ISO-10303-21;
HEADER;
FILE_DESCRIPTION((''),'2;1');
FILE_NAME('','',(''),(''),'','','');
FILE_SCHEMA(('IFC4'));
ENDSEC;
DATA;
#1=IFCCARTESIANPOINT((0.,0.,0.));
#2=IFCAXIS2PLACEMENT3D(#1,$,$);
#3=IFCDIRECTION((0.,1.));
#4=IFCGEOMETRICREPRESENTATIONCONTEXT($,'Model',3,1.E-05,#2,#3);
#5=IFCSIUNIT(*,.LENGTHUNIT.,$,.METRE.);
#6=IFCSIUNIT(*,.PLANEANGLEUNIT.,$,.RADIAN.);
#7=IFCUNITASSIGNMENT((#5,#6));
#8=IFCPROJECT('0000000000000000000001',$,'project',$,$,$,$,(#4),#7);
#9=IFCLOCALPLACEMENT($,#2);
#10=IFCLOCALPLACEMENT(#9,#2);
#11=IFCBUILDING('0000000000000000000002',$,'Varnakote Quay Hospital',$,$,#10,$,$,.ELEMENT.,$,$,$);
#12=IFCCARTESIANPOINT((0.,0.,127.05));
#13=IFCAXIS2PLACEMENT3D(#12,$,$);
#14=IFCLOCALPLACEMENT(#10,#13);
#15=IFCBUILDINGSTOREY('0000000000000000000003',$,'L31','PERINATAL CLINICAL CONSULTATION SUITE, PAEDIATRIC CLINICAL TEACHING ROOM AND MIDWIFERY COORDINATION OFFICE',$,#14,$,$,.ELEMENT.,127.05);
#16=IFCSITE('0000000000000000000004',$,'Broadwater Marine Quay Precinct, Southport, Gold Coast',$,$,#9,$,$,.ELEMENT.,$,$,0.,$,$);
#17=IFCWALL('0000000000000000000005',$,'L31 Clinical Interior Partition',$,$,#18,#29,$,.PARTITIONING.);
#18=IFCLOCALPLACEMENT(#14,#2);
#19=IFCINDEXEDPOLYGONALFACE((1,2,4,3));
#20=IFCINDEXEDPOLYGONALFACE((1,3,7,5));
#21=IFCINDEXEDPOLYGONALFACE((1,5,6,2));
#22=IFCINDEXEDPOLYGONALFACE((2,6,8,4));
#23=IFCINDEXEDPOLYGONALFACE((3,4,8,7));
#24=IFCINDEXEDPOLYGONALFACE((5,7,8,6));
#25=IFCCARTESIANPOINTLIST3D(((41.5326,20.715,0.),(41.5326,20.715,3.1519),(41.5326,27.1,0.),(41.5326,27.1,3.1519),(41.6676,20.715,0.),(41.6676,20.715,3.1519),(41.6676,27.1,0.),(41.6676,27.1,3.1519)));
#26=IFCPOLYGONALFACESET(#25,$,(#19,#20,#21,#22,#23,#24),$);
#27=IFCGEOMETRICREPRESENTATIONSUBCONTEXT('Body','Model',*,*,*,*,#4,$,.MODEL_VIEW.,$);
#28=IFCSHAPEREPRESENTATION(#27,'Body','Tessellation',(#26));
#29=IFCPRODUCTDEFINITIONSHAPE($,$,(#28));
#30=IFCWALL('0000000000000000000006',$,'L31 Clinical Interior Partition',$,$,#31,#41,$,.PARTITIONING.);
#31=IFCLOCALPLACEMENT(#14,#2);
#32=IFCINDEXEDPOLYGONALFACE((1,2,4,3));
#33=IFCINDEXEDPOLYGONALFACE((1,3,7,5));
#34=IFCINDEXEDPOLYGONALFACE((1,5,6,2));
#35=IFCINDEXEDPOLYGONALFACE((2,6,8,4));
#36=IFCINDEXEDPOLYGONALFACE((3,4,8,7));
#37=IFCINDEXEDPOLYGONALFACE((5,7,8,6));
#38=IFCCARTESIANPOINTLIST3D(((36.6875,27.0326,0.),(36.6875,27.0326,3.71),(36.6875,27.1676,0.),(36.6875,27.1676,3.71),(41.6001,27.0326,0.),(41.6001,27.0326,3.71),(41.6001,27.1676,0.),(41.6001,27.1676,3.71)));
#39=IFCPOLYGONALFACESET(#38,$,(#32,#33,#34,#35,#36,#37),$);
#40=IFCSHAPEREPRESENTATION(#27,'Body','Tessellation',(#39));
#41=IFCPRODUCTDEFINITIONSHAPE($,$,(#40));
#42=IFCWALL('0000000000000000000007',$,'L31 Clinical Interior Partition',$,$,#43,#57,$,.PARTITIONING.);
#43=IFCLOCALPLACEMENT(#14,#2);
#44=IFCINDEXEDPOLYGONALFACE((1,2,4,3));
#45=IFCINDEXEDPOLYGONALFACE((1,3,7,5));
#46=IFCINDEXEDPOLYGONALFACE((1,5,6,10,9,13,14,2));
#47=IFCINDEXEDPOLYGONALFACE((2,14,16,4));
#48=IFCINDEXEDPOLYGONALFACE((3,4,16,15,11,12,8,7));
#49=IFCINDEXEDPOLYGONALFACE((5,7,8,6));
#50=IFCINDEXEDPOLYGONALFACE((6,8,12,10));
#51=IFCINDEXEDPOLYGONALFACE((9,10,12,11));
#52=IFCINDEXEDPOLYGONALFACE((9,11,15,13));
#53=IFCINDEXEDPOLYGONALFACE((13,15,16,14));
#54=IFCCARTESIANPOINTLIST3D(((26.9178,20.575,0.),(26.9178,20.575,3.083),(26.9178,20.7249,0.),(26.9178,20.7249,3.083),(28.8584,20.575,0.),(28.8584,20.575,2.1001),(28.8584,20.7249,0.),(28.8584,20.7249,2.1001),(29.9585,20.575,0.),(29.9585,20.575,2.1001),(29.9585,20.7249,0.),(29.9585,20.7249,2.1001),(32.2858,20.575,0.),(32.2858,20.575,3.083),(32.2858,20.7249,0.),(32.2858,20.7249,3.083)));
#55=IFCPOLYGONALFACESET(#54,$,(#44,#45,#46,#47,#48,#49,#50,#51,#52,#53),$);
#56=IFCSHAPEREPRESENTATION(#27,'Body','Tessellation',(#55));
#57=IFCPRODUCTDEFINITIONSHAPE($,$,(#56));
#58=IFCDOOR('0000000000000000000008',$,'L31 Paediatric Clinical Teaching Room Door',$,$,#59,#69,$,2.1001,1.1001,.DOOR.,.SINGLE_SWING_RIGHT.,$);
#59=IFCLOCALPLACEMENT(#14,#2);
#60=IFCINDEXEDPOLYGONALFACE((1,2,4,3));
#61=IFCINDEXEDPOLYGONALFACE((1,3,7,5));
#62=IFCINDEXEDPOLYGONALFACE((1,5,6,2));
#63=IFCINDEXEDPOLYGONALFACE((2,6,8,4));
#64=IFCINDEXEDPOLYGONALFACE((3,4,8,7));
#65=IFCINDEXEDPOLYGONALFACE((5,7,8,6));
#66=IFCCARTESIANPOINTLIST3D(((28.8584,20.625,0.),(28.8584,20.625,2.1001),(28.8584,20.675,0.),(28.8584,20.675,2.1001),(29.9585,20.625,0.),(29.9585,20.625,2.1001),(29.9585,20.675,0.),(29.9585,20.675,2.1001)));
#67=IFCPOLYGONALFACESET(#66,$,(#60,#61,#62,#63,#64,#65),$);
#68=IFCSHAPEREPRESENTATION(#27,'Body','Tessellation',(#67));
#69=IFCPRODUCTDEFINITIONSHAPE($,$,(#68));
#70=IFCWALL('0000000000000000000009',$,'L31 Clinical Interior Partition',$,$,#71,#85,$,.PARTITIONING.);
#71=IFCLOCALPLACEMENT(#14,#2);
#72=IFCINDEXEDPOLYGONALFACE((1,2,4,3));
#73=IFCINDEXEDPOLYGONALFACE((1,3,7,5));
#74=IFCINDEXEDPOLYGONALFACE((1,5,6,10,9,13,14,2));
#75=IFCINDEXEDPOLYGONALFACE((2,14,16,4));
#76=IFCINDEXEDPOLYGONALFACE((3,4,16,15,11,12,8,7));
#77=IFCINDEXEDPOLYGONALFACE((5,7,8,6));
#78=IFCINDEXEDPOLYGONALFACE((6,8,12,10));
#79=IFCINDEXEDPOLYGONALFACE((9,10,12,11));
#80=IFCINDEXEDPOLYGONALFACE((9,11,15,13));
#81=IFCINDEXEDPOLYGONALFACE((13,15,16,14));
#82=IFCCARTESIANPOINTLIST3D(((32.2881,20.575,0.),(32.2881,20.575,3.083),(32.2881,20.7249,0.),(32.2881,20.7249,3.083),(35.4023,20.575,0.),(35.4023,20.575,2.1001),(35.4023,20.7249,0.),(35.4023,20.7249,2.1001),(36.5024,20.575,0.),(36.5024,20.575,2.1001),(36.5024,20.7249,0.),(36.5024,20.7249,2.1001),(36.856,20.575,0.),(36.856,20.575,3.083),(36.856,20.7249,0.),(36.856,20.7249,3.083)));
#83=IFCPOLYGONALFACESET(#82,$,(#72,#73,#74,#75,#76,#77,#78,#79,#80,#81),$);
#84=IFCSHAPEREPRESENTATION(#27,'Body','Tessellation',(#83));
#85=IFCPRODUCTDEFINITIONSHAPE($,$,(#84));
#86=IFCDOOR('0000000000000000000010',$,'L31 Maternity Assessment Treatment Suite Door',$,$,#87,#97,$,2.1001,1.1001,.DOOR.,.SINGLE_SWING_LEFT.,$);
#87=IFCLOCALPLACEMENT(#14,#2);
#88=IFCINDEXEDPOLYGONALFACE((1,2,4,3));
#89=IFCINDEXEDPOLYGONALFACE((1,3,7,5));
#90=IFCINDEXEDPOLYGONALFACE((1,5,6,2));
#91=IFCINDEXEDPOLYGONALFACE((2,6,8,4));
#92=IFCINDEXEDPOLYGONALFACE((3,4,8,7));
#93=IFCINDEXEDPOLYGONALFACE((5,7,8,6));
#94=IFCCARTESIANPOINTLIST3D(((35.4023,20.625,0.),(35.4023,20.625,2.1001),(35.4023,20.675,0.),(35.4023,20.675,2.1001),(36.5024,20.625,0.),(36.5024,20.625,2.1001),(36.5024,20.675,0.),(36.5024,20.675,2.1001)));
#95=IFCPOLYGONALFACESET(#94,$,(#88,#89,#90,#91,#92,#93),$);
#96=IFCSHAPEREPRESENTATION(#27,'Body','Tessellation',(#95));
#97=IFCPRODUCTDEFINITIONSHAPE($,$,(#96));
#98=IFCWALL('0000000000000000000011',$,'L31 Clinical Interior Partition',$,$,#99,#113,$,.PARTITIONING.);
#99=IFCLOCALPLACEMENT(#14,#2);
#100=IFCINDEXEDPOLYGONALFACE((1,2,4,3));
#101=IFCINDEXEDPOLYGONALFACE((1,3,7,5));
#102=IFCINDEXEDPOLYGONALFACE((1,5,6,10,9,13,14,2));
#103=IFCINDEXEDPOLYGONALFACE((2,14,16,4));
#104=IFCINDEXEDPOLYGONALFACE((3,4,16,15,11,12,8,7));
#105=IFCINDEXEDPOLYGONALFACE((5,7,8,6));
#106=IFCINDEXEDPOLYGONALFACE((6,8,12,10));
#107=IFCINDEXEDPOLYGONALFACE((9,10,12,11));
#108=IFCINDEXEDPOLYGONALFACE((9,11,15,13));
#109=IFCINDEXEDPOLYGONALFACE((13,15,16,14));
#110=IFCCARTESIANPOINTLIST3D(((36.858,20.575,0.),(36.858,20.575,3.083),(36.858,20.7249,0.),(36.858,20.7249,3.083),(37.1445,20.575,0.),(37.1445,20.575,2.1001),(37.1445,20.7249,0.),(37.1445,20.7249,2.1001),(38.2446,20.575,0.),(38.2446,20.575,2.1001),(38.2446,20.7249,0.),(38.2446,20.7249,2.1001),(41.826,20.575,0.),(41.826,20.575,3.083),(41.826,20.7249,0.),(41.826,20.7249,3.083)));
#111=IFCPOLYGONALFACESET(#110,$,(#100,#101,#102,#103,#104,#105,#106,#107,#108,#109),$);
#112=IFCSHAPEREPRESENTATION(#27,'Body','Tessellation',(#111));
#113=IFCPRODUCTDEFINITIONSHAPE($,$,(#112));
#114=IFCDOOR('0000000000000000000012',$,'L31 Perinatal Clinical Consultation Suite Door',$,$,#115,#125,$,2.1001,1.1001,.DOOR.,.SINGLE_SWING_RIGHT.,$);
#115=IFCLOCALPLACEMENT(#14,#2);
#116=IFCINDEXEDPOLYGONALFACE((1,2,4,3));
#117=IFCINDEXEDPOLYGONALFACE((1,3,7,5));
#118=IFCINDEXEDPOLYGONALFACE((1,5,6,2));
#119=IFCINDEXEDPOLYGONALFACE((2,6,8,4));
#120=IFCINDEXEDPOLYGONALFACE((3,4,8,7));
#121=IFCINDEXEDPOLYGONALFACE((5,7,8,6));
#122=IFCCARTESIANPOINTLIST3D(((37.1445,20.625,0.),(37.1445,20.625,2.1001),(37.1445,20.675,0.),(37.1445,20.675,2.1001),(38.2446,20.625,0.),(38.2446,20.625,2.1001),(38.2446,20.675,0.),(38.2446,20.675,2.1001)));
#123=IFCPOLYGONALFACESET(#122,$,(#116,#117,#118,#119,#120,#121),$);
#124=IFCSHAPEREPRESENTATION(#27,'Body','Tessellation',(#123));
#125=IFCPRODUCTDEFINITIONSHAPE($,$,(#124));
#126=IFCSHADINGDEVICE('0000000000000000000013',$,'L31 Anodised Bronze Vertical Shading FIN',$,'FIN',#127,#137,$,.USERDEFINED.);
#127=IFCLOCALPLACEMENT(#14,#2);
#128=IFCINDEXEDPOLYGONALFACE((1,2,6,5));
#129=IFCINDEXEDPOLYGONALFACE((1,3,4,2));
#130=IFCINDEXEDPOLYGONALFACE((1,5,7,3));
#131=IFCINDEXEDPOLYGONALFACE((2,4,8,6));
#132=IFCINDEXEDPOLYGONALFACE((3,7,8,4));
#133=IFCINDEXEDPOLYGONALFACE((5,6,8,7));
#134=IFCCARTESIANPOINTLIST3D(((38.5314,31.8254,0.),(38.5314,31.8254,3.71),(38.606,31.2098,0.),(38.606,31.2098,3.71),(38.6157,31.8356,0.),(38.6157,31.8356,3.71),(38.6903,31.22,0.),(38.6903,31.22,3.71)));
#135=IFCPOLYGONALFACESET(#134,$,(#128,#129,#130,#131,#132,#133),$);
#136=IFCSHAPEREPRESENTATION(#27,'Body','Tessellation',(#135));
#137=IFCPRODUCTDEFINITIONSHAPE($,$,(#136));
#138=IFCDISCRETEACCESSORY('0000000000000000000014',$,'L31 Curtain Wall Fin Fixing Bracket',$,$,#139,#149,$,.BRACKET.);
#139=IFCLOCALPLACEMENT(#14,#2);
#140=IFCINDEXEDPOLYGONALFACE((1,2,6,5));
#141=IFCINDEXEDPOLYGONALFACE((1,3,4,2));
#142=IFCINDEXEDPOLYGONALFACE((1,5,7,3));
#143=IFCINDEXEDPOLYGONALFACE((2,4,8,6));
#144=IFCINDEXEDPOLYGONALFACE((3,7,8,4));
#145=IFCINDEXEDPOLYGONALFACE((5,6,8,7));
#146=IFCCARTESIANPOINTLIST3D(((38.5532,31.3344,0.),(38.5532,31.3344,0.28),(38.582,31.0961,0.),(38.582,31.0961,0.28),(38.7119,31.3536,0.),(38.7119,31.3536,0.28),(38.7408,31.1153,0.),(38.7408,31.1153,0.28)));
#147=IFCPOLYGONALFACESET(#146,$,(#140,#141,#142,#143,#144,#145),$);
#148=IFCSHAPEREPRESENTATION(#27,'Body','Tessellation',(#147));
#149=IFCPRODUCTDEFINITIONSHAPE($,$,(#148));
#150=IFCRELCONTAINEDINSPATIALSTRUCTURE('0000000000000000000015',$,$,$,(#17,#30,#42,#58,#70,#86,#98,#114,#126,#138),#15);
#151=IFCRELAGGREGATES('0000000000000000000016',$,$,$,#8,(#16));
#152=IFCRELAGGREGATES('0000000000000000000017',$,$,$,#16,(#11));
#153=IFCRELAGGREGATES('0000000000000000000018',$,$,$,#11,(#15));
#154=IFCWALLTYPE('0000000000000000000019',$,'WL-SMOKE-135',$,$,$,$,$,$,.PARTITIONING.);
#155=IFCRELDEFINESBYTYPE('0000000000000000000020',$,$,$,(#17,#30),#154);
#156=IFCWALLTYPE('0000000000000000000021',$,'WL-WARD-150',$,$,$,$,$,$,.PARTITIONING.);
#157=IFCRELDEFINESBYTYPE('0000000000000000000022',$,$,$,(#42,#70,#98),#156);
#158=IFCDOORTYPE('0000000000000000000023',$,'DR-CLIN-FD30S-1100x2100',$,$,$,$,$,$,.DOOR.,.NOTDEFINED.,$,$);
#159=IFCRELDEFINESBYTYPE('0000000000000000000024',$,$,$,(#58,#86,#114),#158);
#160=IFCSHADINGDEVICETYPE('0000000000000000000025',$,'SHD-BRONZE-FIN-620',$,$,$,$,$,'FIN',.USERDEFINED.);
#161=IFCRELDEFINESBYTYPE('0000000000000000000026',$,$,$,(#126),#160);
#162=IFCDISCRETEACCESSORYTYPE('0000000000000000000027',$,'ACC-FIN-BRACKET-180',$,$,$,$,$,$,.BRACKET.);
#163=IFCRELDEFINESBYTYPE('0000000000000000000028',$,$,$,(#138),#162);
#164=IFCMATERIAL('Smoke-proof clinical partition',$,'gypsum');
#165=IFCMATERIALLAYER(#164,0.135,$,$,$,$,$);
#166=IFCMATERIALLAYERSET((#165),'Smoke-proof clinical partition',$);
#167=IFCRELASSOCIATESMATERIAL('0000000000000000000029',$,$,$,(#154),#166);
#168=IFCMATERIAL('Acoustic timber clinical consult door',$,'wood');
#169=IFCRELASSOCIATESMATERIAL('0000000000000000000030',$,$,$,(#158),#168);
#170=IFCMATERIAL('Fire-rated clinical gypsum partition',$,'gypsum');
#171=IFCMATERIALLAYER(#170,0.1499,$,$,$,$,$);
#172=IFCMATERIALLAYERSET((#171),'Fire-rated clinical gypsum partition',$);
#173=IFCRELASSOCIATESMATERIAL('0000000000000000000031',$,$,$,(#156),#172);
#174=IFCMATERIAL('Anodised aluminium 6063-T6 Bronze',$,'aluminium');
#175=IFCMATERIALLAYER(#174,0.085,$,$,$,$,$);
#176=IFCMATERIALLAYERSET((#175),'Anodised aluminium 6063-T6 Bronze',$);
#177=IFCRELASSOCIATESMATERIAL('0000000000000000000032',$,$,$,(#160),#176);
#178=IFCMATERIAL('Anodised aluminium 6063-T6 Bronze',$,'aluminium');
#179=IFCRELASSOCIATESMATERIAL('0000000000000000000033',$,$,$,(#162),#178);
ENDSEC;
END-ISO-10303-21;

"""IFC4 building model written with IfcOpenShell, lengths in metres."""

from ifc_helpers import new_model, si_unit, direction, frame, frame_2d, origin, origin_2d, place, context, subcontext, project, spatial, rectangle, extrude, material, layer, layer_set, type_object, element, fill, save


model = new_model("IFC4")

# Units and contexts
model_context = context("Model", 3, precision=1e-05, world=origin(), true_north=direction((0.0, 1.0)))
body_context = subcontext(model_context, "Body", "Model", "MODEL_VIEW")
ifc_project = project(units=[si_unit("LENGTHUNIT", "METRE"), si_unit("PLANEANGLEUNIT", "RADIAN")], contexts=[model_context])

# Site, building, storey
site_placement = place(None, origin())
site = spatial("IfcSite", under=ifc_project, at=site_placement, Name="Broadwater Marine Quay Precinct, Southport, Gold Coast", CompositionType="ELEMENT", RefElevation=0.0)
building_placement = place(site_placement, origin())
building = spatial("IfcBuilding", under=site, at=building_placement, Name="Varnakote Quay Hospital", CompositionType="ELEMENT")
storey_placement = place(building_placement, frame((0.0, 0.0, 127.05)))
storey = spatial("IfcBuildingStorey", under=building, at=storey_placement, Name="L31", Description="PERINATAL CLINICAL CONSULTATION SUITE, PAEDIATRIC CLINICAL TEACHING ROOM AND MIDWIFERY COORDINATION OFFICE", CompositionType="ELEMENT", Elevation=127.05)

# Shared definitions
ifc_material_1 = material(Name="Smoke-proof clinical partition", Category="gypsum")
ifc_layer_1 = layer(ifc_material_1, 0.135)
ifc_layer_set_1 = layer_set([ifc_layer_1], Name="Smoke-proof clinical partition")
wall_type_1 = type_object("IfcWallType", Name="WL-SMOKE-135", PredefinedType="PARTITIONING", material=ifc_layer_set_1)

# Shared definitions
ifc_material_2 = material(Name="Acoustic timber clinical consult door", Category="wood")
door_type = type_object("IfcDoorType", Name="DR-CLIN-FD30S-1100x2100", OperationType="NOTDEFINED", PredefinedType="DOOR", material=ifc_material_2)

# Walls
wall_1_placement = place(storey_placement, frame((41.6001, 20.7151, 0.0), z_axis=(0.0, 0.0, 1.0), x_axis=(0.0, 1.0, 0.0)))
element("IfcWall", 1, at=wall_1_placement, inside=storey, type_object=wall_type_1, Name="L31 Clinical Interior Partition", PredefinedType="PARTITIONING", context=body_context, shape_type="SweptSolid", body=[
    extrude(rectangle(XDim=6.385, YDim=0.135, at=frame_2d((3.1924, 0.0))), origin(), (0.0, 0.0, 1.0), 3.1519),
])
wall_2_placement = place(storey_placement, frame((41.6001, 27.1001, 0.0), z_axis=(0.0, 0.0, 1.0), x_axis=(-1.0, 0.0, 0.0)))
element("IfcWall", 2, at=wall_2_placement, inside=storey, type_object=wall_type_1, Name="L31 Clinical Interior Partition", PredefinedType="PARTITIONING", context=body_context, shape_type="SweptSolid", body=[
    extrude(rectangle(XDim=4.9126, YDim=0.135, at=frame_2d((2.4563, 0.0))), origin(), (0.0, 0.0, 1.0), 3.71),
])

# Walls, openings, doors
ifc_material_3 = material(Name="Fire-rated clinical gypsum partition", Category="gypsum")
ifc_layer_2 = layer(ifc_material_3, 0.1499)
ifc_layer_set_2 = layer_set([ifc_layer_2], Name="Fire-rated clinical gypsum partition")
wall_type_2 = type_object("IfcWallType", Name="WL-WARD-150", PredefinedType="PARTITIONING", material=ifc_layer_set_2)
wall_3_placement = place(storey_placement, frame((32.2859, 20.6499, 0.0), z_axis=(0.0, 0.0, 1.0), x_axis=(-1.0, 0.0, 0.0)))
wall_3 = element("IfcWall", 3, at=wall_3_placement, inside=storey, type_object=wall_type_2, Name="L31 Clinical Interior Partition", PredefinedType="PARTITIONING", context=body_context, shape_type="SweptSolid", body=[
    extrude(rectangle(XDim=5.3679, YDim=0.1499, at=frame_2d((2.6841, 0.0))), origin(), (0.0, 0.0, 1.0), 3.083),
])
opening_1_placement = place(wall_3_placement, frame((2.3274, 0.0, 0.0)))
opening_1 = element("IfcOpeningElement", 4, at=opening_1_placement, cuts=wall_3, PredefinedType="OPENING", context=body_context, shape_type="SweptSolid", body=[
    extrude(rectangle(XDim=1.1001, YDim=2.1001, at=frame_2d((0.55, 1.05))), frame((0.0, 0.085, 0.0), z_axis=(0.0, -1.0, 0.0), x_axis=(1.0, 0.0, 0.0)), (0.0, 0.0, 1.0), 0.1699),
])
door_1_placement = place(opening_1_placement, origin())
door_1 = element("IfcDoor", 5, at=door_1_placement, inside=storey, type_object=door_type, Name="L31 Paediatric Clinical Teaching Room Door", OperationType="SINGLE_SWING_RIGHT", OverallHeight=2.1001, OverallWidth=1.1001, PredefinedType="DOOR", context=body_context, shape_type="SweptSolid", body=[
    extrude(rectangle(XDim=1.1001, YDim=2.1001, at=frame_2d((0.55, 1.05))), frame((0.0, 0.0249, 0.0), z_axis=(0.0, -1.0, 0.0), x_axis=(1.0, 0.0, 0.0)), (0.0, 0.0, 1.0), 0.05),
])
fill(opening_1, door_1)
wall_4_placement = place(storey_placement, frame((36.856, 20.6499, 0.0), z_axis=(0.0, 0.0, 1.0), x_axis=(-1.0, 0.0, 0.0)))
wall_4 = element("IfcWall", 6, at=wall_4_placement, inside=storey, type_object=wall_type_2, Name="L31 Clinical Interior Partition", PredefinedType="PARTITIONING", context=body_context, shape_type="SweptSolid", body=[
    extrude(rectangle(XDim=4.5679, YDim=0.1499, at=frame_2d((2.2839, 0.0))), origin(), (0.0, 0.0, 1.0), 3.083),
])
opening_2_placement = place(wall_4_placement, frame((0.3535, 0.0, 0.0)))
opening_2 = element("IfcOpeningElement", 7, at=opening_2_placement, cuts=wall_4, PredefinedType="OPENING", context=body_context, shape_type="SweptSolid", body=[
    extrude(rectangle(XDim=1.1001, YDim=2.1001, at=frame_2d((0.55, 1.05))), frame((0.0, 0.085, 0.0), z_axis=(0.0, -1.0, 0.0), x_axis=(1.0, 0.0, 0.0)), (0.0, 0.0, 1.0), 0.1699),
])
door_2_placement = place(opening_2_placement, origin())
door_2 = element("IfcDoor", 8, at=door_2_placement, inside=storey, type_object=door_type, Name="L31 Maternity Assessment Treatment Suite Door", OperationType="SINGLE_SWING_LEFT", OverallHeight=2.1001, OverallWidth=1.1001, PredefinedType="DOOR", context=body_context, shape_type="SweptSolid", body=[
    extrude(rectangle(XDim=1.1001, YDim=2.1001, at=frame_2d((0.55, 1.05))), frame((0.0, 0.0249, 0.0), z_axis=(0.0, -1.0, 0.0), x_axis=(1.0, 0.0, 0.0)), (0.0, 0.0, 1.0), 0.05),
])
fill(opening_2, door_2)
wall_5_placement = place(storey_placement, frame((41.8259, 20.6499, 0.0), z_axis=(0.0, 0.0, 1.0), x_axis=(-1.0, 0.0, 0.0)))
wall_5 = element("IfcWall", 9, at=wall_5_placement, inside=storey, type_object=wall_type_2, Name="L31 Clinical Interior Partition", PredefinedType="PARTITIONING", context=body_context, shape_type="SweptSolid", body=[
    extrude(rectangle(XDim=4.968, YDim=0.1499, at=frame_2d((2.4839, 0.0))), origin(), (0.0, 0.0, 1.0), 3.083),
])
opening_3_placement = place(wall_5_placement, frame((3.5813, 0.0, 0.0)))
opening_3 = element("IfcOpeningElement", 10, at=opening_3_placement, cuts=wall_5, PredefinedType="OPENING", context=body_context, shape_type="SweptSolid", body=[
    extrude(rectangle(XDim=1.1001, YDim=2.1001, at=frame_2d((0.55, 1.05))), frame((0.0, 0.085, 0.0), z_axis=(0.0, -1.0, 0.0), x_axis=(1.0, 0.0, 0.0)), (0.0, 0.0, 1.0), 0.1699),
])
door_3_placement = place(opening_3_placement, origin())
door_3 = element("IfcDoor", 11, at=door_3_placement, inside=storey, type_object=door_type, Name="L31 Perinatal Clinical Consultation Suite Door", OperationType="SINGLE_SWING_RIGHT", OverallHeight=2.1001, OverallWidth=1.1001, PredefinedType="DOOR", context=body_context, shape_type="SweptSolid", body=[
    extrude(rectangle(XDim=1.1001, YDim=2.1001, at=frame_2d((0.55, 1.05))), frame((0.0, 0.0249, 0.0), z_axis=(0.0, -1.0, 0.0), x_axis=(1.0, 0.0, 0.0)), (0.0, 0.0, 1.0), 0.05),
])
fill(opening_3, door_3)

# Shading device
ifc_material_4 = material(Name="Anodised aluminium 6063-T6 Bronze", Category="aluminium")
ifc_layer_3 = layer(ifc_material_4, 0.085)
ifc_layer_set_3 = layer_set([ifc_layer_3], Name="Anodised aluminium 6063-T6 Bronze")
shading_device_type = type_object("IfcShadingDeviceType", Name="SHD-BRONZE-FIN-620", ElementType="FIN", PredefinedType="USERDEFINED", material=ifc_layer_set_3)
shading_device_placement = place(storey_placement, frame((38.6108, 31.5227, 0.0), z_axis=(0.0, 0.0, 1.0), x_axis=(0.12031, -0.992736, 0.0)))
element("IfcShadingDevice", 12, at=shading_device_placement, inside=storey, type_object=shading_device_type, Name="L31 Anodised Bronze Vertical Shading FIN", ObjectType="FIN", PredefinedType="USERDEFINED", context=body_context, shape_type="SweptSolid", body=[
    extrude(rectangle(XDim=0.6201, YDim=0.085, at=origin_2d()), origin(), (0.0, 0.0, 1.0), 3.71),
])

# Discrete accessory
ifc_material_5 = material(Name="Anodised aluminium 6063-T6 Bronze", Category="aluminium")
discrete_accessory_type = type_object("IfcDiscreteAccessoryType", Name="ACC-FIN-BRACKET-180", PredefinedType="BRACKET", material=ifc_material_5)
discrete_accessory_placement = place(storey_placement, frame((38.647, 31.2249, 0.0), z_axis=(0.0, 0.0, 1.0), x_axis=(-0.992736, -0.12031, 0.0)))
element("IfcDiscreteAccessory", 13, at=discrete_accessory_placement, inside=storey, type_object=discrete_accessory_type, Name="L31 Curtain Wall Fin Fixing Bracket", PredefinedType="BRACKET", context=body_context, shape_type="SweptSolid", body=[
    extrude(rectangle(XDim=0.1599, YDim=0.24, at=origin_2d()), origin(), (0.0, 0.0, 1.0), 0.28),
])

save(model, "model.ifc")
